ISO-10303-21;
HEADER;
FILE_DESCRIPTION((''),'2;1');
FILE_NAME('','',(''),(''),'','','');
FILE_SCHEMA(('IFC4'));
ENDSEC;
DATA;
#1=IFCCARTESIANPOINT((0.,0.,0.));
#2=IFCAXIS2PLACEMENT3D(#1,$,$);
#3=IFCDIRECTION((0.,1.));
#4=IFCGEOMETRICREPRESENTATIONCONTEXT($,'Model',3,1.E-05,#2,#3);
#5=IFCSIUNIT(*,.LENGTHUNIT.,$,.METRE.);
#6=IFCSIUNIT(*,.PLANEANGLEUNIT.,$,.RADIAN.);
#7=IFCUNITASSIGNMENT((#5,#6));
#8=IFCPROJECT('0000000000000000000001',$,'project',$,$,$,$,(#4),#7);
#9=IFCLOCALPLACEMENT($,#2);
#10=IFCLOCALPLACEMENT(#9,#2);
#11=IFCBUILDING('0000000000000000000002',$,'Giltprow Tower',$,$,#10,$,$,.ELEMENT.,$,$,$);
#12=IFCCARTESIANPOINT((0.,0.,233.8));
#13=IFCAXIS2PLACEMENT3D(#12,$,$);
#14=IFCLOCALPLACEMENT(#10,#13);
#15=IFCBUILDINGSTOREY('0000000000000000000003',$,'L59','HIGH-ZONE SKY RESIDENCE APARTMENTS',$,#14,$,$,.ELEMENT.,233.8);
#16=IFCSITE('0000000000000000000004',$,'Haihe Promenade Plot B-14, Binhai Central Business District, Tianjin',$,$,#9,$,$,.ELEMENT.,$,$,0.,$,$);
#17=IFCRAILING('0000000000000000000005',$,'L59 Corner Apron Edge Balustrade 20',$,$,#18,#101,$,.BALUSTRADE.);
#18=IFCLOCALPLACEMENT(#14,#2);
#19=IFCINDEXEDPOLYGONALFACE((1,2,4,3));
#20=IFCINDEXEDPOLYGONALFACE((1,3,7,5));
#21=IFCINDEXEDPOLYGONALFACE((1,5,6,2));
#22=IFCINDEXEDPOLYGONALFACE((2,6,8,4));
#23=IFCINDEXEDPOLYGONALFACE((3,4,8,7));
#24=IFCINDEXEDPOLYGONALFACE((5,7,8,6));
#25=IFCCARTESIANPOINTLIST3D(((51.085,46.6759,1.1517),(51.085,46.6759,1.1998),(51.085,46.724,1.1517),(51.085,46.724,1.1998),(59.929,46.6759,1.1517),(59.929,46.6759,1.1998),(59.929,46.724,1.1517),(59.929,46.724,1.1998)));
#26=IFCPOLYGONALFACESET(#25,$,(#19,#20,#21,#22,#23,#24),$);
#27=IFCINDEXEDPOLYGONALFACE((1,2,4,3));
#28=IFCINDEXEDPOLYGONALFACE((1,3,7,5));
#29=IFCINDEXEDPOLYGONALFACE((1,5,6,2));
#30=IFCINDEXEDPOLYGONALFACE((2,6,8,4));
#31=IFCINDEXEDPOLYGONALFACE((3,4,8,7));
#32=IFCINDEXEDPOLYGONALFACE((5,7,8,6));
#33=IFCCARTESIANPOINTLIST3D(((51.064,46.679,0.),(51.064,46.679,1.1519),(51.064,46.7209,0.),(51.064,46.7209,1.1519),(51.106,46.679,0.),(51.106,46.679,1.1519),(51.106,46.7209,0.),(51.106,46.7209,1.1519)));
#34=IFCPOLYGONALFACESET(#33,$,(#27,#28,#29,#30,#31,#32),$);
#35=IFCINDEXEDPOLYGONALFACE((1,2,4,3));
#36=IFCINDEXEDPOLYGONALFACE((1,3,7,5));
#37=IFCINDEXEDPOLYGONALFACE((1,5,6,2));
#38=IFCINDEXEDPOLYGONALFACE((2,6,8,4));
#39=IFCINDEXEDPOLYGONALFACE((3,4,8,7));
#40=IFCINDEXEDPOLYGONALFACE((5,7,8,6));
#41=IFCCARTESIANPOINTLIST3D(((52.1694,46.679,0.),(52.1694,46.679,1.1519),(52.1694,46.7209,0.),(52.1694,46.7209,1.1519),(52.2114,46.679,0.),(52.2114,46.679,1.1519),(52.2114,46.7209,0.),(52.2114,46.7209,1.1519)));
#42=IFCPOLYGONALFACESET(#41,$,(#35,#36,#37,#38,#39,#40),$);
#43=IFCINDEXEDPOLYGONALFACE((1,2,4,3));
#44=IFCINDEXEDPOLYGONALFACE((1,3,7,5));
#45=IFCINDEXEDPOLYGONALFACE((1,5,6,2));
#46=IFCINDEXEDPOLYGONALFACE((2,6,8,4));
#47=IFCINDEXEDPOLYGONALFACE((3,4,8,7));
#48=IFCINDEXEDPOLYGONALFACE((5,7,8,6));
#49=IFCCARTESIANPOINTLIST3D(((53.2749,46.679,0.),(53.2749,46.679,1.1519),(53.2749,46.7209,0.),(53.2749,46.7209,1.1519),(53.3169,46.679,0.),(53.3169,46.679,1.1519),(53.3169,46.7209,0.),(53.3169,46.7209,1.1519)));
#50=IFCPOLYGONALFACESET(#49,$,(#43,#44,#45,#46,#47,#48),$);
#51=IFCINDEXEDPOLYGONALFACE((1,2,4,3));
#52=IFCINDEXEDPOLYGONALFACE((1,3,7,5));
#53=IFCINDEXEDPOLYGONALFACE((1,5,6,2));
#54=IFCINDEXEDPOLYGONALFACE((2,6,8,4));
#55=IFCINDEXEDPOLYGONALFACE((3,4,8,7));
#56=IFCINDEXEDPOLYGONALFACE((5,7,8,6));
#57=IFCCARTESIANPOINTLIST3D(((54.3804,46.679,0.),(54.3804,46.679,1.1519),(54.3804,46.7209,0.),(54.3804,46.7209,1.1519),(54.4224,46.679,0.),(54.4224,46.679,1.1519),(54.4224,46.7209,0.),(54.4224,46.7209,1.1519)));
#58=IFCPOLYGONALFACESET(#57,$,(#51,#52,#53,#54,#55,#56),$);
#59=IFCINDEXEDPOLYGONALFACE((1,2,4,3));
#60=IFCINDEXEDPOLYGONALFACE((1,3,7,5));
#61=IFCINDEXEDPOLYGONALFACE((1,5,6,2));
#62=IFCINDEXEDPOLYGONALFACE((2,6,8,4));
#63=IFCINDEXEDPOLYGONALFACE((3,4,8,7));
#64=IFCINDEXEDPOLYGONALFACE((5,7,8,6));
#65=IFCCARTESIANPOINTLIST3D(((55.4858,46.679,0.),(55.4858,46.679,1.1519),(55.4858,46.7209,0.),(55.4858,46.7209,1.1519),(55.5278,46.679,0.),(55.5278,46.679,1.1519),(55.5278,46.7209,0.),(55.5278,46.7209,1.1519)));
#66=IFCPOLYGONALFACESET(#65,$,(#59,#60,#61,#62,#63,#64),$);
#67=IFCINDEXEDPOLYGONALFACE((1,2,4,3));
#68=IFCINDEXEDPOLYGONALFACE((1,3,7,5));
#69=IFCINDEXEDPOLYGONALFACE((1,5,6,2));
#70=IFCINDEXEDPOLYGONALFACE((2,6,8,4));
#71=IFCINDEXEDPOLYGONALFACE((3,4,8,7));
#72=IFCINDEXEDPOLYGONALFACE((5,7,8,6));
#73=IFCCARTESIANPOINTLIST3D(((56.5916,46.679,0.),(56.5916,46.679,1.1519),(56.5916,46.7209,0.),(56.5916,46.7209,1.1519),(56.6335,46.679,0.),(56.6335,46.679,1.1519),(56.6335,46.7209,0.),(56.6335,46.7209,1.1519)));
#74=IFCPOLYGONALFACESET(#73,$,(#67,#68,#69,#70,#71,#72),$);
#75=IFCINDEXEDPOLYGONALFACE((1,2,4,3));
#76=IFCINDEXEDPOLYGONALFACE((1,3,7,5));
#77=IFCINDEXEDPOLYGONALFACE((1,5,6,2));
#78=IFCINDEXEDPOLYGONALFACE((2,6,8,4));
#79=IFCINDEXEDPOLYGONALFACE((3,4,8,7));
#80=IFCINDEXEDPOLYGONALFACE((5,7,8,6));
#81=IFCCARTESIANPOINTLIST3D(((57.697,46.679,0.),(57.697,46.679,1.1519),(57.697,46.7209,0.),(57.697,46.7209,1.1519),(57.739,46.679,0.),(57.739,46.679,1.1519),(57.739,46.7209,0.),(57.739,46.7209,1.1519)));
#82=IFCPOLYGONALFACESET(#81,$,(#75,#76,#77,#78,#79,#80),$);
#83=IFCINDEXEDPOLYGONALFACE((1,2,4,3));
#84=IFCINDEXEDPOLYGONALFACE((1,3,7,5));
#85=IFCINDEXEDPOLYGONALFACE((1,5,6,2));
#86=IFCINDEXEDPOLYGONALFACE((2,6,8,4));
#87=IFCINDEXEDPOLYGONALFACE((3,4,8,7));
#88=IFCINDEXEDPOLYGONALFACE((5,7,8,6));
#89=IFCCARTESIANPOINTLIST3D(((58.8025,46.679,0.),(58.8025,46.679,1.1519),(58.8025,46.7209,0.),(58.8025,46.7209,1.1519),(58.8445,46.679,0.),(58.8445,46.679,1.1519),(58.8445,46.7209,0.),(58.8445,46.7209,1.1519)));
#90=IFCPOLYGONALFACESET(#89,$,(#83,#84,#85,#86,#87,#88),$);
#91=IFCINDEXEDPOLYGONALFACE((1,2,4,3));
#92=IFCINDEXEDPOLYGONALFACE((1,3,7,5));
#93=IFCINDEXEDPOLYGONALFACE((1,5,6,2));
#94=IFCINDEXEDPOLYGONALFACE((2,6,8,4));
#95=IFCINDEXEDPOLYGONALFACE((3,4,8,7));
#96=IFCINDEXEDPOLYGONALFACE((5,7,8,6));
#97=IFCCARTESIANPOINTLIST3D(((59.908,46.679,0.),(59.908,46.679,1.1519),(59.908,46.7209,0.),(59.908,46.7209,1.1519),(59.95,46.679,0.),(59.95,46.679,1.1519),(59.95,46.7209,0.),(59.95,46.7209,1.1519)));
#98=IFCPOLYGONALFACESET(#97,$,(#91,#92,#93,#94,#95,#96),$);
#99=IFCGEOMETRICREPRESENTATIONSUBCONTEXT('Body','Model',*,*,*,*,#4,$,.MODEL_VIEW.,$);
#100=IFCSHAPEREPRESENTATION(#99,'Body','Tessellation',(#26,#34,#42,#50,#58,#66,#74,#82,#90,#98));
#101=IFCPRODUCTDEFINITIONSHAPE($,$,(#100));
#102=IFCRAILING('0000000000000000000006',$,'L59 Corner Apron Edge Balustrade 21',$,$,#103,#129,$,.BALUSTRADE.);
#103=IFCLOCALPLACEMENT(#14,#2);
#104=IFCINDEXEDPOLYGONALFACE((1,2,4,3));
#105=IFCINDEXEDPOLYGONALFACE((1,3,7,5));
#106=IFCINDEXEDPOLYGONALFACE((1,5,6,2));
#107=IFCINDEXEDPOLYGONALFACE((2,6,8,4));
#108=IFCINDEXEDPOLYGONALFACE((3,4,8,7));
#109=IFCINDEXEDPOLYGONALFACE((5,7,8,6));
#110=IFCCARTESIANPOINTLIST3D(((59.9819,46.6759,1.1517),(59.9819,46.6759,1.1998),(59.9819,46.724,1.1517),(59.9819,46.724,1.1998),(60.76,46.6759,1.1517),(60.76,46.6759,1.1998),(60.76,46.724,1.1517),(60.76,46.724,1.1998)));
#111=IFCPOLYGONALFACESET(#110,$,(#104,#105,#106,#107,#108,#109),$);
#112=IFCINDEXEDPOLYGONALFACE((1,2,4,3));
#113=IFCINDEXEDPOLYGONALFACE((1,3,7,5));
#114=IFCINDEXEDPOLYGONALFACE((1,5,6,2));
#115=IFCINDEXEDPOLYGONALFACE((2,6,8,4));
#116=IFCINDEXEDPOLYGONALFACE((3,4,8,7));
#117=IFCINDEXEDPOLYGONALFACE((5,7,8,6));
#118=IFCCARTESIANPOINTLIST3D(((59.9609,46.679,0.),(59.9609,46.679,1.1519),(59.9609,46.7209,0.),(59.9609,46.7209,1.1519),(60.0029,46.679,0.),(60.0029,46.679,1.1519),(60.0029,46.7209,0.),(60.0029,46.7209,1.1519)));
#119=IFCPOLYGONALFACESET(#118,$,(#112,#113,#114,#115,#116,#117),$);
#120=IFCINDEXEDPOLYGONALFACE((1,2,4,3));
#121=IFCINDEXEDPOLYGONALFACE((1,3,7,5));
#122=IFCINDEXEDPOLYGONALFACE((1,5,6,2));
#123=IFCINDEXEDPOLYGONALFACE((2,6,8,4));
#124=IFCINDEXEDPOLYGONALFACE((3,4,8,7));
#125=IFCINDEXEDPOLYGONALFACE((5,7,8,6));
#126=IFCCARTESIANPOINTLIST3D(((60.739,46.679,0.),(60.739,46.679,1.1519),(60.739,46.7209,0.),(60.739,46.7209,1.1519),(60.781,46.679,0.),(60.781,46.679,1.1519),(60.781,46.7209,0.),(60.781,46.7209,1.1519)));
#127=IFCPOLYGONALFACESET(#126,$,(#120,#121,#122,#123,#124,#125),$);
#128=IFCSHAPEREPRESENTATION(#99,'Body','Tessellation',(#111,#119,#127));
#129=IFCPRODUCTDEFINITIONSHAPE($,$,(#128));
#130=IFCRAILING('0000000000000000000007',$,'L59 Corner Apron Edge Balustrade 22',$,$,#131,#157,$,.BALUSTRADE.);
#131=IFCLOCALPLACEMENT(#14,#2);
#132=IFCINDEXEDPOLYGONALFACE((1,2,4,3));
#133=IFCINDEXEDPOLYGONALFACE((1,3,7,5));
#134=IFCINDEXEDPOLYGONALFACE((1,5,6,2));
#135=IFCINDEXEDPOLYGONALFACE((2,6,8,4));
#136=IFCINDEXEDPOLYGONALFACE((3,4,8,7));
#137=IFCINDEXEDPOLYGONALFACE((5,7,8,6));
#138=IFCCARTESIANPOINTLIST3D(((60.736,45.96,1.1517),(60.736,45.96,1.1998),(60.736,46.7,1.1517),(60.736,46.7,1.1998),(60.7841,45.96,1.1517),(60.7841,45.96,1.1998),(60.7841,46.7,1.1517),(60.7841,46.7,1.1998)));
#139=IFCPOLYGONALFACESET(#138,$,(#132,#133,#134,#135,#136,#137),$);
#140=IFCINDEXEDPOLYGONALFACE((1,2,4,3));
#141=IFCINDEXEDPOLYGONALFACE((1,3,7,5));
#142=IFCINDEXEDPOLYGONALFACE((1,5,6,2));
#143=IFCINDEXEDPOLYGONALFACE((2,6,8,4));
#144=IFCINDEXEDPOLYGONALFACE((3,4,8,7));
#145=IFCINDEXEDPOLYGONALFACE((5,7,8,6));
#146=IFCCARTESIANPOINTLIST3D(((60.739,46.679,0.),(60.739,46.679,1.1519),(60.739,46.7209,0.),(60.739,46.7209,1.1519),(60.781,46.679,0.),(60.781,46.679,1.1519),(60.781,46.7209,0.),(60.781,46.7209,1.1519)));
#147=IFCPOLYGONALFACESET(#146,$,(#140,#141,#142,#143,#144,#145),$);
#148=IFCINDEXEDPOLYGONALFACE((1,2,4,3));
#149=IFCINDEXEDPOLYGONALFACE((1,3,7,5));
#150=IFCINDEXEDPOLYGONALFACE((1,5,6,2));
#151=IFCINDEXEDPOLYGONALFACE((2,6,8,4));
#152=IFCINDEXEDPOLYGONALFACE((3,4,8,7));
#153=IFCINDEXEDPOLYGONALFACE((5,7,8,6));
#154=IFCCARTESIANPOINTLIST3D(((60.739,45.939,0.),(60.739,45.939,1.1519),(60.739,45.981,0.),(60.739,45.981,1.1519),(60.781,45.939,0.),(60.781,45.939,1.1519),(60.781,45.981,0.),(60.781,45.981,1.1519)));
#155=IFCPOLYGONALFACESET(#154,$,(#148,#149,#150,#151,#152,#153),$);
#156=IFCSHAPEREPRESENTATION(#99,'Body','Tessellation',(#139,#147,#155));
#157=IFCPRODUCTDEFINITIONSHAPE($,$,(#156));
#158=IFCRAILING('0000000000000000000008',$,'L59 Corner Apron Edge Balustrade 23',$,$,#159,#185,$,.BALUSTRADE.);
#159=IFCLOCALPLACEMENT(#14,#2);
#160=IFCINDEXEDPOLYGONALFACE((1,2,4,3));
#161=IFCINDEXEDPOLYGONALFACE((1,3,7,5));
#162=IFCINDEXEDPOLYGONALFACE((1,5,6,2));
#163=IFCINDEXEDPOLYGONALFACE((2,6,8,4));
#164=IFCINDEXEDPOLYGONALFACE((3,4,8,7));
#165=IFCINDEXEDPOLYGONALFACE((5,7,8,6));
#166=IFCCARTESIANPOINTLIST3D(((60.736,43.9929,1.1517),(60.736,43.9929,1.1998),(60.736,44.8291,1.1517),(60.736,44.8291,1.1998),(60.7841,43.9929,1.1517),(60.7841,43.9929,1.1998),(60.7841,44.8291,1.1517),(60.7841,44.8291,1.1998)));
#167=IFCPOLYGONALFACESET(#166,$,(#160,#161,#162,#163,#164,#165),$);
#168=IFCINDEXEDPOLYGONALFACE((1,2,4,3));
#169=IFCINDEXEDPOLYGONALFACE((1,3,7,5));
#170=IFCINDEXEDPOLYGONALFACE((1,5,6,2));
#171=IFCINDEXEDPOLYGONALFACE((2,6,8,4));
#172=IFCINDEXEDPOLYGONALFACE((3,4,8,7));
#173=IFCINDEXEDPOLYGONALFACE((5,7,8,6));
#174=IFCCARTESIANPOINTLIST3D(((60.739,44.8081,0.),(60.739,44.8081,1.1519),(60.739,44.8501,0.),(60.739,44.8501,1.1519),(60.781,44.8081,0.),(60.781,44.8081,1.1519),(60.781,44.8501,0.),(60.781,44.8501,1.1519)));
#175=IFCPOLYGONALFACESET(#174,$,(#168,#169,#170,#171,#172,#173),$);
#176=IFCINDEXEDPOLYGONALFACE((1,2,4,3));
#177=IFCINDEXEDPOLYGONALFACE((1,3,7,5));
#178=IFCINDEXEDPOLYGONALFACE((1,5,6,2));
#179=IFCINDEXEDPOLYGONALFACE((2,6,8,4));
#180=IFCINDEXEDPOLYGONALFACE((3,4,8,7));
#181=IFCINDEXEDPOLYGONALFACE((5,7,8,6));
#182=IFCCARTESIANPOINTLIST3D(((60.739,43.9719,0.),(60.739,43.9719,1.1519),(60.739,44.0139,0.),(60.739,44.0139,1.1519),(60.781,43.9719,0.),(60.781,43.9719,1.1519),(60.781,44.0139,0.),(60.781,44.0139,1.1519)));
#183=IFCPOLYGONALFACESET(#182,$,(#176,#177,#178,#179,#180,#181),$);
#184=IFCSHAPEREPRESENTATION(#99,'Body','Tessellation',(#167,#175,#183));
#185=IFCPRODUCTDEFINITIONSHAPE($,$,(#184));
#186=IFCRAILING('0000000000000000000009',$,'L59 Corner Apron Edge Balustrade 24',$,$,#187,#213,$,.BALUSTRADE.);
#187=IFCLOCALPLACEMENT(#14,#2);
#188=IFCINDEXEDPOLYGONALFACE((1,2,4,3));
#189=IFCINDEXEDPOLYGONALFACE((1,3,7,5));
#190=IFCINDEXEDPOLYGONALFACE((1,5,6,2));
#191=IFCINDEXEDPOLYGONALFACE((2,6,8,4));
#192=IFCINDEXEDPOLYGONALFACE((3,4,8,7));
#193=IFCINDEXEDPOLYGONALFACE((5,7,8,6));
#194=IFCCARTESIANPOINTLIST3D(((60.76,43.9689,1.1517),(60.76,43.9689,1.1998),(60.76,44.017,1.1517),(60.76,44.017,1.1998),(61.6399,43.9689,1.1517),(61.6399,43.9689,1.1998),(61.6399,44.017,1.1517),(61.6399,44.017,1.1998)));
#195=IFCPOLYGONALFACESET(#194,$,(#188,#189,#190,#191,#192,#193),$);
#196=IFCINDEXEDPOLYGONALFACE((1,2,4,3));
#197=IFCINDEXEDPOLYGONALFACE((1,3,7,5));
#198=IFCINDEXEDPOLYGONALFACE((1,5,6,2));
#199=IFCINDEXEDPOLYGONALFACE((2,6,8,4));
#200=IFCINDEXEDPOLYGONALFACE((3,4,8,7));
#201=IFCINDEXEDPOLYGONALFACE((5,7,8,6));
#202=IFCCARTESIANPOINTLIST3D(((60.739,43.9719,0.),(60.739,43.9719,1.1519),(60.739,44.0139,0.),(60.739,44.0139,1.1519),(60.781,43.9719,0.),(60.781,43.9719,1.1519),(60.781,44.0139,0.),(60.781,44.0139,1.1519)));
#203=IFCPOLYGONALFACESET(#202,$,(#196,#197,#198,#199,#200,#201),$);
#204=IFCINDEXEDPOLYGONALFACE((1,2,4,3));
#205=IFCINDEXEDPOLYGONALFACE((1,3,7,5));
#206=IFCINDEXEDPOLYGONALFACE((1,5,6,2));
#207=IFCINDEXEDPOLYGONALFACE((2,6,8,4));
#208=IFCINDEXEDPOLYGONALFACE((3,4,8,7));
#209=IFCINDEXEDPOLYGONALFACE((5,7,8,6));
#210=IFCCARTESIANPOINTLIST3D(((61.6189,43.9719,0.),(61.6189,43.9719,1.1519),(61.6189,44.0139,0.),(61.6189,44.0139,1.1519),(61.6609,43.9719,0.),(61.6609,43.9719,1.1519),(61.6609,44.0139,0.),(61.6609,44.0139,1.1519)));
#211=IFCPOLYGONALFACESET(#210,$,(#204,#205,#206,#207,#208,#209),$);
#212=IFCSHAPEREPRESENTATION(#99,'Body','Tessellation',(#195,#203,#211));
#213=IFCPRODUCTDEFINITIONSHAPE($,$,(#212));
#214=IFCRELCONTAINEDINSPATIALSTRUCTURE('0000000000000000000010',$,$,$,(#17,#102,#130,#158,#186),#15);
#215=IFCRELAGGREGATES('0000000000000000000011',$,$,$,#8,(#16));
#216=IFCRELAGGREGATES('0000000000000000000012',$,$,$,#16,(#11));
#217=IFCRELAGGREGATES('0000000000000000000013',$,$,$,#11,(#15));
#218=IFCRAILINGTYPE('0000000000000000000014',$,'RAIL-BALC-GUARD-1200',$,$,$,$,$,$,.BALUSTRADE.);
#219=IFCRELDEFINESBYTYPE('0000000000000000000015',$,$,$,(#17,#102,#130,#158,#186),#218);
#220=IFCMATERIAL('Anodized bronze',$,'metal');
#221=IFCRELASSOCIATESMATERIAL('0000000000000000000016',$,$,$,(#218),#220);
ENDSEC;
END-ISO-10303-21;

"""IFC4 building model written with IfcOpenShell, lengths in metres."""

from ifc_helpers import new_model, si_unit, direction, frame, origin, origin_2d, place, context, subcontext, project, spatial, rectangle, extrude, material, type_object, element, save


model = new_model("IFC4")

# Units and contexts
model_context = context("Model", 3, precision=1e-05, world=origin(), true_north=direction((0.0, 1.0)))
body_context = subcontext(model_context, "Body", "Model", "MODEL_VIEW")
ifc_project = project(units=[si_unit("LENGTHUNIT", "METRE"), si_unit("PLANEANGLEUNIT", "RADIAN")], contexts=[model_context])

# Site, building, storey
site_placement = place(None, origin())
site = spatial("IfcSite", under=ifc_project, at=site_placement, Name="Haihe Promenade Plot B-14, Binhai Central Business District, Tianjin", CompositionType="ELEMENT", RefElevation=0.0)
building_placement = place(site_placement, origin())
building = spatial("IfcBuilding", under=site, at=building_placement, Name="Giltprow Tower", CompositionType="ELEMENT")
storey_placement = place(building_placement, frame((0.0, 0.0, 233.8)))
storey = spatial("IfcBuildingStorey", under=building, at=storey_placement, Name="L59", Description="HIGH-ZONE SKY RESIDENCE APARTMENTS", CompositionType="ELEMENT", Elevation=233.8)

# Railings
ifc_material_1 = material(Name="Anodized bronze", Category="metal")
railing_type_1 = type_object("IfcRailingType", Name="RAIL-BALC-GUARD-1200", PredefinedType="BALUSTRADE", material=ifc_material_1)
railing_1_placement = place(storey_placement, frame((51.085, 46.7, 0.0)))
element("IfcRailing", 1, at=railing_1_placement, inside=storey, type_object=railing_type_1, Name="L59 Corner Apron Edge Balustrade 20", PredefinedType="BALUSTRADE", context=body_context, shape_type="SweptSolid", body=[
    extrude(rectangle(XDim=0.0481, YDim=0.0481, at=origin_2d()), frame((0.0, 0.0, 1.1758), z_axis=(1.0, 0.0, 0.0), x_axis=(0.0, 1.0, 0.0)), (0.0, 0.0, 1.0), 8.844),
    extrude(rectangle(XDim=0.042, YDim=0.042, at=origin_2d()), origin(), (0.0, 0.0, 1.0), 1.1519),
    extrude(rectangle(XDim=0.042, YDim=0.042, at=origin_2d()), frame((1.1055, 0.0, 0.0)), (0.0, 0.0, 1.0), 1.1519),
    extrude(rectangle(XDim=0.042, YDim=0.042, at=origin_2d()), frame((2.2109, 0.0, 0.0)), (0.0, 0.0, 1.0), 1.1519),
    extrude(rectangle(XDim=0.042, YDim=0.042, at=origin_2d()), frame((3.3164, 0.0, 0.0)), (0.0, 0.0, 1.0), 1.1519),
    extrude(rectangle(XDim=0.042, YDim=0.042, at=origin_2d()), frame((4.4219, 0.0, 0.0)), (0.0, 0.0, 1.0), 1.1519),
    extrude(rectangle(XDim=0.042, YDim=0.042, at=origin_2d()), frame((5.5276, 0.0, 0.0)), (0.0, 0.0, 1.0), 1.1519),
    extrude(rectangle(XDim=0.042, YDim=0.042, at=origin_2d()), frame((6.6331, 0.0, 0.0)), (0.0, 0.0, 1.0), 1.1519),
    extrude(rectangle(XDim=0.042, YDim=0.042, at=origin_2d()), frame((7.7385, 0.0, 0.0)), (0.0, 0.0, 1.0), 1.1519),
    extrude(rectangle(XDim=0.042, YDim=0.042, at=origin_2d()), frame((8.844, 0.0, 0.0)), (0.0, 0.0, 1.0), 1.1519),
])
railing_2_placement = place(storey_placement, frame((59.9819, 46.7, 0.0)))
element("IfcRailing", 2, at=railing_2_placement, inside=storey, type_object=railing_type_1, Name="L59 Corner Apron Edge Balustrade 21", PredefinedType="BALUSTRADE", context=body_context, shape_type="SweptSolid", body=[
    extrude(rectangle(XDim=0.0481, YDim=0.0481, at=origin_2d()), frame((0.0, 0.0, 1.1758), z_axis=(1.0, 0.0, 0.0), x_axis=(0.0, 1.0, 0.0)), (0.0, 0.0, 1.0), 0.7781),
    extrude(rectangle(XDim=0.042, YDim=0.042, at=origin_2d()), origin(), (0.0, 0.0, 1.0), 1.1519),
    extrude(rectangle(XDim=0.042, YDim=0.042, at=origin_2d()), frame((0.7781, 0.0, 0.0)), (0.0, 0.0, 1.0), 1.1519),
])
railing_3_placement = place(storey_placement, frame((60.76, 46.7, 0.0)))
element("IfcRailing", 3, at=railing_3_placement, inside=storey, type_object=railing_type_1, Name="L59 Corner Apron Edge Balustrade 22", PredefinedType="BALUSTRADE", context=body_context, shape_type="SweptSolid", body=[
    extrude(rectangle(XDim=0.0481, YDim=0.0481, at=origin_2d()), frame((0.0, 0.0, 1.1758), z_axis=(0.0, -1.0, 0.0), x_axis=(1.0, 0.0, 0.0)), (0.0, 0.0, 1.0), 0.74),
    extrude(rectangle(XDim=0.042, YDim=0.042, at=origin_2d()), origin(), (0.0, 0.0, 1.0), 1.1519),
    extrude(rectangle(XDim=0.042, YDim=0.042, at=origin_2d()), frame((0.0, -0.74, 0.0)), (0.0, 0.0, 1.0), 1.1519),
])
railing_4_placement = place(storey_placement, frame((60.76, 44.8291, 0.0)))
element("IfcRailing", 4, at=railing_4_placement, inside=storey, type_object=railing_type_1, Name="L59 Corner Apron Edge Balustrade 23", PredefinedType="BALUSTRADE", context=body_context, shape_type="SweptSolid", body=[
    extrude(rectangle(XDim=0.0481, YDim=0.0481, at=origin_2d()), frame((0.0, 0.0, 1.1758), z_axis=(0.0, -1.0, 0.0), x_axis=(1.0, 0.0, 0.0)), (0.0, 0.0, 1.0), 0.8362),
    extrude(rectangle(XDim=0.042, YDim=0.042, at=origin_2d()), origin(), (0.0, 0.0, 1.0), 1.1519),
    extrude(rectangle(XDim=0.042, YDim=0.042, at=origin_2d()), frame((0.0, -0.8362, 0.0)), (0.0, 0.0, 1.0), 1.1519),
])
railing_5_placement = place(storey_placement, frame((60.76, 43.9929, 0.0)))
element("IfcRailing", 5, at=railing_5_placement, inside=storey, type_object=railing_type_1, Name="L59 Corner Apron Edge Balustrade 24", PredefinedType="BALUSTRADE", context=body_context, shape_type="SweptSolid", body=[
    extrude(rectangle(XDim=0.0481, YDim=0.0481, at=origin_2d()), frame((0.0, 0.0, 1.1758), z_axis=(1.0, 0.0, 0.0), x_axis=(0.0, 1.0, 0.0)), (0.0, 0.0, 1.0), 0.8799),
    extrude(rectangle(XDim=0.042, YDim=0.042, at=origin_2d()), origin(), (0.0, 0.0, 1.0), 1.1519),
    extrude(rectangle(XDim=0.042, YDim=0.042, at=origin_2d()), frame((0.8799, 0.0, 0.0)), (0.0, 0.0, 1.0), 1.1519),
])

save(model, "model.ifc")
